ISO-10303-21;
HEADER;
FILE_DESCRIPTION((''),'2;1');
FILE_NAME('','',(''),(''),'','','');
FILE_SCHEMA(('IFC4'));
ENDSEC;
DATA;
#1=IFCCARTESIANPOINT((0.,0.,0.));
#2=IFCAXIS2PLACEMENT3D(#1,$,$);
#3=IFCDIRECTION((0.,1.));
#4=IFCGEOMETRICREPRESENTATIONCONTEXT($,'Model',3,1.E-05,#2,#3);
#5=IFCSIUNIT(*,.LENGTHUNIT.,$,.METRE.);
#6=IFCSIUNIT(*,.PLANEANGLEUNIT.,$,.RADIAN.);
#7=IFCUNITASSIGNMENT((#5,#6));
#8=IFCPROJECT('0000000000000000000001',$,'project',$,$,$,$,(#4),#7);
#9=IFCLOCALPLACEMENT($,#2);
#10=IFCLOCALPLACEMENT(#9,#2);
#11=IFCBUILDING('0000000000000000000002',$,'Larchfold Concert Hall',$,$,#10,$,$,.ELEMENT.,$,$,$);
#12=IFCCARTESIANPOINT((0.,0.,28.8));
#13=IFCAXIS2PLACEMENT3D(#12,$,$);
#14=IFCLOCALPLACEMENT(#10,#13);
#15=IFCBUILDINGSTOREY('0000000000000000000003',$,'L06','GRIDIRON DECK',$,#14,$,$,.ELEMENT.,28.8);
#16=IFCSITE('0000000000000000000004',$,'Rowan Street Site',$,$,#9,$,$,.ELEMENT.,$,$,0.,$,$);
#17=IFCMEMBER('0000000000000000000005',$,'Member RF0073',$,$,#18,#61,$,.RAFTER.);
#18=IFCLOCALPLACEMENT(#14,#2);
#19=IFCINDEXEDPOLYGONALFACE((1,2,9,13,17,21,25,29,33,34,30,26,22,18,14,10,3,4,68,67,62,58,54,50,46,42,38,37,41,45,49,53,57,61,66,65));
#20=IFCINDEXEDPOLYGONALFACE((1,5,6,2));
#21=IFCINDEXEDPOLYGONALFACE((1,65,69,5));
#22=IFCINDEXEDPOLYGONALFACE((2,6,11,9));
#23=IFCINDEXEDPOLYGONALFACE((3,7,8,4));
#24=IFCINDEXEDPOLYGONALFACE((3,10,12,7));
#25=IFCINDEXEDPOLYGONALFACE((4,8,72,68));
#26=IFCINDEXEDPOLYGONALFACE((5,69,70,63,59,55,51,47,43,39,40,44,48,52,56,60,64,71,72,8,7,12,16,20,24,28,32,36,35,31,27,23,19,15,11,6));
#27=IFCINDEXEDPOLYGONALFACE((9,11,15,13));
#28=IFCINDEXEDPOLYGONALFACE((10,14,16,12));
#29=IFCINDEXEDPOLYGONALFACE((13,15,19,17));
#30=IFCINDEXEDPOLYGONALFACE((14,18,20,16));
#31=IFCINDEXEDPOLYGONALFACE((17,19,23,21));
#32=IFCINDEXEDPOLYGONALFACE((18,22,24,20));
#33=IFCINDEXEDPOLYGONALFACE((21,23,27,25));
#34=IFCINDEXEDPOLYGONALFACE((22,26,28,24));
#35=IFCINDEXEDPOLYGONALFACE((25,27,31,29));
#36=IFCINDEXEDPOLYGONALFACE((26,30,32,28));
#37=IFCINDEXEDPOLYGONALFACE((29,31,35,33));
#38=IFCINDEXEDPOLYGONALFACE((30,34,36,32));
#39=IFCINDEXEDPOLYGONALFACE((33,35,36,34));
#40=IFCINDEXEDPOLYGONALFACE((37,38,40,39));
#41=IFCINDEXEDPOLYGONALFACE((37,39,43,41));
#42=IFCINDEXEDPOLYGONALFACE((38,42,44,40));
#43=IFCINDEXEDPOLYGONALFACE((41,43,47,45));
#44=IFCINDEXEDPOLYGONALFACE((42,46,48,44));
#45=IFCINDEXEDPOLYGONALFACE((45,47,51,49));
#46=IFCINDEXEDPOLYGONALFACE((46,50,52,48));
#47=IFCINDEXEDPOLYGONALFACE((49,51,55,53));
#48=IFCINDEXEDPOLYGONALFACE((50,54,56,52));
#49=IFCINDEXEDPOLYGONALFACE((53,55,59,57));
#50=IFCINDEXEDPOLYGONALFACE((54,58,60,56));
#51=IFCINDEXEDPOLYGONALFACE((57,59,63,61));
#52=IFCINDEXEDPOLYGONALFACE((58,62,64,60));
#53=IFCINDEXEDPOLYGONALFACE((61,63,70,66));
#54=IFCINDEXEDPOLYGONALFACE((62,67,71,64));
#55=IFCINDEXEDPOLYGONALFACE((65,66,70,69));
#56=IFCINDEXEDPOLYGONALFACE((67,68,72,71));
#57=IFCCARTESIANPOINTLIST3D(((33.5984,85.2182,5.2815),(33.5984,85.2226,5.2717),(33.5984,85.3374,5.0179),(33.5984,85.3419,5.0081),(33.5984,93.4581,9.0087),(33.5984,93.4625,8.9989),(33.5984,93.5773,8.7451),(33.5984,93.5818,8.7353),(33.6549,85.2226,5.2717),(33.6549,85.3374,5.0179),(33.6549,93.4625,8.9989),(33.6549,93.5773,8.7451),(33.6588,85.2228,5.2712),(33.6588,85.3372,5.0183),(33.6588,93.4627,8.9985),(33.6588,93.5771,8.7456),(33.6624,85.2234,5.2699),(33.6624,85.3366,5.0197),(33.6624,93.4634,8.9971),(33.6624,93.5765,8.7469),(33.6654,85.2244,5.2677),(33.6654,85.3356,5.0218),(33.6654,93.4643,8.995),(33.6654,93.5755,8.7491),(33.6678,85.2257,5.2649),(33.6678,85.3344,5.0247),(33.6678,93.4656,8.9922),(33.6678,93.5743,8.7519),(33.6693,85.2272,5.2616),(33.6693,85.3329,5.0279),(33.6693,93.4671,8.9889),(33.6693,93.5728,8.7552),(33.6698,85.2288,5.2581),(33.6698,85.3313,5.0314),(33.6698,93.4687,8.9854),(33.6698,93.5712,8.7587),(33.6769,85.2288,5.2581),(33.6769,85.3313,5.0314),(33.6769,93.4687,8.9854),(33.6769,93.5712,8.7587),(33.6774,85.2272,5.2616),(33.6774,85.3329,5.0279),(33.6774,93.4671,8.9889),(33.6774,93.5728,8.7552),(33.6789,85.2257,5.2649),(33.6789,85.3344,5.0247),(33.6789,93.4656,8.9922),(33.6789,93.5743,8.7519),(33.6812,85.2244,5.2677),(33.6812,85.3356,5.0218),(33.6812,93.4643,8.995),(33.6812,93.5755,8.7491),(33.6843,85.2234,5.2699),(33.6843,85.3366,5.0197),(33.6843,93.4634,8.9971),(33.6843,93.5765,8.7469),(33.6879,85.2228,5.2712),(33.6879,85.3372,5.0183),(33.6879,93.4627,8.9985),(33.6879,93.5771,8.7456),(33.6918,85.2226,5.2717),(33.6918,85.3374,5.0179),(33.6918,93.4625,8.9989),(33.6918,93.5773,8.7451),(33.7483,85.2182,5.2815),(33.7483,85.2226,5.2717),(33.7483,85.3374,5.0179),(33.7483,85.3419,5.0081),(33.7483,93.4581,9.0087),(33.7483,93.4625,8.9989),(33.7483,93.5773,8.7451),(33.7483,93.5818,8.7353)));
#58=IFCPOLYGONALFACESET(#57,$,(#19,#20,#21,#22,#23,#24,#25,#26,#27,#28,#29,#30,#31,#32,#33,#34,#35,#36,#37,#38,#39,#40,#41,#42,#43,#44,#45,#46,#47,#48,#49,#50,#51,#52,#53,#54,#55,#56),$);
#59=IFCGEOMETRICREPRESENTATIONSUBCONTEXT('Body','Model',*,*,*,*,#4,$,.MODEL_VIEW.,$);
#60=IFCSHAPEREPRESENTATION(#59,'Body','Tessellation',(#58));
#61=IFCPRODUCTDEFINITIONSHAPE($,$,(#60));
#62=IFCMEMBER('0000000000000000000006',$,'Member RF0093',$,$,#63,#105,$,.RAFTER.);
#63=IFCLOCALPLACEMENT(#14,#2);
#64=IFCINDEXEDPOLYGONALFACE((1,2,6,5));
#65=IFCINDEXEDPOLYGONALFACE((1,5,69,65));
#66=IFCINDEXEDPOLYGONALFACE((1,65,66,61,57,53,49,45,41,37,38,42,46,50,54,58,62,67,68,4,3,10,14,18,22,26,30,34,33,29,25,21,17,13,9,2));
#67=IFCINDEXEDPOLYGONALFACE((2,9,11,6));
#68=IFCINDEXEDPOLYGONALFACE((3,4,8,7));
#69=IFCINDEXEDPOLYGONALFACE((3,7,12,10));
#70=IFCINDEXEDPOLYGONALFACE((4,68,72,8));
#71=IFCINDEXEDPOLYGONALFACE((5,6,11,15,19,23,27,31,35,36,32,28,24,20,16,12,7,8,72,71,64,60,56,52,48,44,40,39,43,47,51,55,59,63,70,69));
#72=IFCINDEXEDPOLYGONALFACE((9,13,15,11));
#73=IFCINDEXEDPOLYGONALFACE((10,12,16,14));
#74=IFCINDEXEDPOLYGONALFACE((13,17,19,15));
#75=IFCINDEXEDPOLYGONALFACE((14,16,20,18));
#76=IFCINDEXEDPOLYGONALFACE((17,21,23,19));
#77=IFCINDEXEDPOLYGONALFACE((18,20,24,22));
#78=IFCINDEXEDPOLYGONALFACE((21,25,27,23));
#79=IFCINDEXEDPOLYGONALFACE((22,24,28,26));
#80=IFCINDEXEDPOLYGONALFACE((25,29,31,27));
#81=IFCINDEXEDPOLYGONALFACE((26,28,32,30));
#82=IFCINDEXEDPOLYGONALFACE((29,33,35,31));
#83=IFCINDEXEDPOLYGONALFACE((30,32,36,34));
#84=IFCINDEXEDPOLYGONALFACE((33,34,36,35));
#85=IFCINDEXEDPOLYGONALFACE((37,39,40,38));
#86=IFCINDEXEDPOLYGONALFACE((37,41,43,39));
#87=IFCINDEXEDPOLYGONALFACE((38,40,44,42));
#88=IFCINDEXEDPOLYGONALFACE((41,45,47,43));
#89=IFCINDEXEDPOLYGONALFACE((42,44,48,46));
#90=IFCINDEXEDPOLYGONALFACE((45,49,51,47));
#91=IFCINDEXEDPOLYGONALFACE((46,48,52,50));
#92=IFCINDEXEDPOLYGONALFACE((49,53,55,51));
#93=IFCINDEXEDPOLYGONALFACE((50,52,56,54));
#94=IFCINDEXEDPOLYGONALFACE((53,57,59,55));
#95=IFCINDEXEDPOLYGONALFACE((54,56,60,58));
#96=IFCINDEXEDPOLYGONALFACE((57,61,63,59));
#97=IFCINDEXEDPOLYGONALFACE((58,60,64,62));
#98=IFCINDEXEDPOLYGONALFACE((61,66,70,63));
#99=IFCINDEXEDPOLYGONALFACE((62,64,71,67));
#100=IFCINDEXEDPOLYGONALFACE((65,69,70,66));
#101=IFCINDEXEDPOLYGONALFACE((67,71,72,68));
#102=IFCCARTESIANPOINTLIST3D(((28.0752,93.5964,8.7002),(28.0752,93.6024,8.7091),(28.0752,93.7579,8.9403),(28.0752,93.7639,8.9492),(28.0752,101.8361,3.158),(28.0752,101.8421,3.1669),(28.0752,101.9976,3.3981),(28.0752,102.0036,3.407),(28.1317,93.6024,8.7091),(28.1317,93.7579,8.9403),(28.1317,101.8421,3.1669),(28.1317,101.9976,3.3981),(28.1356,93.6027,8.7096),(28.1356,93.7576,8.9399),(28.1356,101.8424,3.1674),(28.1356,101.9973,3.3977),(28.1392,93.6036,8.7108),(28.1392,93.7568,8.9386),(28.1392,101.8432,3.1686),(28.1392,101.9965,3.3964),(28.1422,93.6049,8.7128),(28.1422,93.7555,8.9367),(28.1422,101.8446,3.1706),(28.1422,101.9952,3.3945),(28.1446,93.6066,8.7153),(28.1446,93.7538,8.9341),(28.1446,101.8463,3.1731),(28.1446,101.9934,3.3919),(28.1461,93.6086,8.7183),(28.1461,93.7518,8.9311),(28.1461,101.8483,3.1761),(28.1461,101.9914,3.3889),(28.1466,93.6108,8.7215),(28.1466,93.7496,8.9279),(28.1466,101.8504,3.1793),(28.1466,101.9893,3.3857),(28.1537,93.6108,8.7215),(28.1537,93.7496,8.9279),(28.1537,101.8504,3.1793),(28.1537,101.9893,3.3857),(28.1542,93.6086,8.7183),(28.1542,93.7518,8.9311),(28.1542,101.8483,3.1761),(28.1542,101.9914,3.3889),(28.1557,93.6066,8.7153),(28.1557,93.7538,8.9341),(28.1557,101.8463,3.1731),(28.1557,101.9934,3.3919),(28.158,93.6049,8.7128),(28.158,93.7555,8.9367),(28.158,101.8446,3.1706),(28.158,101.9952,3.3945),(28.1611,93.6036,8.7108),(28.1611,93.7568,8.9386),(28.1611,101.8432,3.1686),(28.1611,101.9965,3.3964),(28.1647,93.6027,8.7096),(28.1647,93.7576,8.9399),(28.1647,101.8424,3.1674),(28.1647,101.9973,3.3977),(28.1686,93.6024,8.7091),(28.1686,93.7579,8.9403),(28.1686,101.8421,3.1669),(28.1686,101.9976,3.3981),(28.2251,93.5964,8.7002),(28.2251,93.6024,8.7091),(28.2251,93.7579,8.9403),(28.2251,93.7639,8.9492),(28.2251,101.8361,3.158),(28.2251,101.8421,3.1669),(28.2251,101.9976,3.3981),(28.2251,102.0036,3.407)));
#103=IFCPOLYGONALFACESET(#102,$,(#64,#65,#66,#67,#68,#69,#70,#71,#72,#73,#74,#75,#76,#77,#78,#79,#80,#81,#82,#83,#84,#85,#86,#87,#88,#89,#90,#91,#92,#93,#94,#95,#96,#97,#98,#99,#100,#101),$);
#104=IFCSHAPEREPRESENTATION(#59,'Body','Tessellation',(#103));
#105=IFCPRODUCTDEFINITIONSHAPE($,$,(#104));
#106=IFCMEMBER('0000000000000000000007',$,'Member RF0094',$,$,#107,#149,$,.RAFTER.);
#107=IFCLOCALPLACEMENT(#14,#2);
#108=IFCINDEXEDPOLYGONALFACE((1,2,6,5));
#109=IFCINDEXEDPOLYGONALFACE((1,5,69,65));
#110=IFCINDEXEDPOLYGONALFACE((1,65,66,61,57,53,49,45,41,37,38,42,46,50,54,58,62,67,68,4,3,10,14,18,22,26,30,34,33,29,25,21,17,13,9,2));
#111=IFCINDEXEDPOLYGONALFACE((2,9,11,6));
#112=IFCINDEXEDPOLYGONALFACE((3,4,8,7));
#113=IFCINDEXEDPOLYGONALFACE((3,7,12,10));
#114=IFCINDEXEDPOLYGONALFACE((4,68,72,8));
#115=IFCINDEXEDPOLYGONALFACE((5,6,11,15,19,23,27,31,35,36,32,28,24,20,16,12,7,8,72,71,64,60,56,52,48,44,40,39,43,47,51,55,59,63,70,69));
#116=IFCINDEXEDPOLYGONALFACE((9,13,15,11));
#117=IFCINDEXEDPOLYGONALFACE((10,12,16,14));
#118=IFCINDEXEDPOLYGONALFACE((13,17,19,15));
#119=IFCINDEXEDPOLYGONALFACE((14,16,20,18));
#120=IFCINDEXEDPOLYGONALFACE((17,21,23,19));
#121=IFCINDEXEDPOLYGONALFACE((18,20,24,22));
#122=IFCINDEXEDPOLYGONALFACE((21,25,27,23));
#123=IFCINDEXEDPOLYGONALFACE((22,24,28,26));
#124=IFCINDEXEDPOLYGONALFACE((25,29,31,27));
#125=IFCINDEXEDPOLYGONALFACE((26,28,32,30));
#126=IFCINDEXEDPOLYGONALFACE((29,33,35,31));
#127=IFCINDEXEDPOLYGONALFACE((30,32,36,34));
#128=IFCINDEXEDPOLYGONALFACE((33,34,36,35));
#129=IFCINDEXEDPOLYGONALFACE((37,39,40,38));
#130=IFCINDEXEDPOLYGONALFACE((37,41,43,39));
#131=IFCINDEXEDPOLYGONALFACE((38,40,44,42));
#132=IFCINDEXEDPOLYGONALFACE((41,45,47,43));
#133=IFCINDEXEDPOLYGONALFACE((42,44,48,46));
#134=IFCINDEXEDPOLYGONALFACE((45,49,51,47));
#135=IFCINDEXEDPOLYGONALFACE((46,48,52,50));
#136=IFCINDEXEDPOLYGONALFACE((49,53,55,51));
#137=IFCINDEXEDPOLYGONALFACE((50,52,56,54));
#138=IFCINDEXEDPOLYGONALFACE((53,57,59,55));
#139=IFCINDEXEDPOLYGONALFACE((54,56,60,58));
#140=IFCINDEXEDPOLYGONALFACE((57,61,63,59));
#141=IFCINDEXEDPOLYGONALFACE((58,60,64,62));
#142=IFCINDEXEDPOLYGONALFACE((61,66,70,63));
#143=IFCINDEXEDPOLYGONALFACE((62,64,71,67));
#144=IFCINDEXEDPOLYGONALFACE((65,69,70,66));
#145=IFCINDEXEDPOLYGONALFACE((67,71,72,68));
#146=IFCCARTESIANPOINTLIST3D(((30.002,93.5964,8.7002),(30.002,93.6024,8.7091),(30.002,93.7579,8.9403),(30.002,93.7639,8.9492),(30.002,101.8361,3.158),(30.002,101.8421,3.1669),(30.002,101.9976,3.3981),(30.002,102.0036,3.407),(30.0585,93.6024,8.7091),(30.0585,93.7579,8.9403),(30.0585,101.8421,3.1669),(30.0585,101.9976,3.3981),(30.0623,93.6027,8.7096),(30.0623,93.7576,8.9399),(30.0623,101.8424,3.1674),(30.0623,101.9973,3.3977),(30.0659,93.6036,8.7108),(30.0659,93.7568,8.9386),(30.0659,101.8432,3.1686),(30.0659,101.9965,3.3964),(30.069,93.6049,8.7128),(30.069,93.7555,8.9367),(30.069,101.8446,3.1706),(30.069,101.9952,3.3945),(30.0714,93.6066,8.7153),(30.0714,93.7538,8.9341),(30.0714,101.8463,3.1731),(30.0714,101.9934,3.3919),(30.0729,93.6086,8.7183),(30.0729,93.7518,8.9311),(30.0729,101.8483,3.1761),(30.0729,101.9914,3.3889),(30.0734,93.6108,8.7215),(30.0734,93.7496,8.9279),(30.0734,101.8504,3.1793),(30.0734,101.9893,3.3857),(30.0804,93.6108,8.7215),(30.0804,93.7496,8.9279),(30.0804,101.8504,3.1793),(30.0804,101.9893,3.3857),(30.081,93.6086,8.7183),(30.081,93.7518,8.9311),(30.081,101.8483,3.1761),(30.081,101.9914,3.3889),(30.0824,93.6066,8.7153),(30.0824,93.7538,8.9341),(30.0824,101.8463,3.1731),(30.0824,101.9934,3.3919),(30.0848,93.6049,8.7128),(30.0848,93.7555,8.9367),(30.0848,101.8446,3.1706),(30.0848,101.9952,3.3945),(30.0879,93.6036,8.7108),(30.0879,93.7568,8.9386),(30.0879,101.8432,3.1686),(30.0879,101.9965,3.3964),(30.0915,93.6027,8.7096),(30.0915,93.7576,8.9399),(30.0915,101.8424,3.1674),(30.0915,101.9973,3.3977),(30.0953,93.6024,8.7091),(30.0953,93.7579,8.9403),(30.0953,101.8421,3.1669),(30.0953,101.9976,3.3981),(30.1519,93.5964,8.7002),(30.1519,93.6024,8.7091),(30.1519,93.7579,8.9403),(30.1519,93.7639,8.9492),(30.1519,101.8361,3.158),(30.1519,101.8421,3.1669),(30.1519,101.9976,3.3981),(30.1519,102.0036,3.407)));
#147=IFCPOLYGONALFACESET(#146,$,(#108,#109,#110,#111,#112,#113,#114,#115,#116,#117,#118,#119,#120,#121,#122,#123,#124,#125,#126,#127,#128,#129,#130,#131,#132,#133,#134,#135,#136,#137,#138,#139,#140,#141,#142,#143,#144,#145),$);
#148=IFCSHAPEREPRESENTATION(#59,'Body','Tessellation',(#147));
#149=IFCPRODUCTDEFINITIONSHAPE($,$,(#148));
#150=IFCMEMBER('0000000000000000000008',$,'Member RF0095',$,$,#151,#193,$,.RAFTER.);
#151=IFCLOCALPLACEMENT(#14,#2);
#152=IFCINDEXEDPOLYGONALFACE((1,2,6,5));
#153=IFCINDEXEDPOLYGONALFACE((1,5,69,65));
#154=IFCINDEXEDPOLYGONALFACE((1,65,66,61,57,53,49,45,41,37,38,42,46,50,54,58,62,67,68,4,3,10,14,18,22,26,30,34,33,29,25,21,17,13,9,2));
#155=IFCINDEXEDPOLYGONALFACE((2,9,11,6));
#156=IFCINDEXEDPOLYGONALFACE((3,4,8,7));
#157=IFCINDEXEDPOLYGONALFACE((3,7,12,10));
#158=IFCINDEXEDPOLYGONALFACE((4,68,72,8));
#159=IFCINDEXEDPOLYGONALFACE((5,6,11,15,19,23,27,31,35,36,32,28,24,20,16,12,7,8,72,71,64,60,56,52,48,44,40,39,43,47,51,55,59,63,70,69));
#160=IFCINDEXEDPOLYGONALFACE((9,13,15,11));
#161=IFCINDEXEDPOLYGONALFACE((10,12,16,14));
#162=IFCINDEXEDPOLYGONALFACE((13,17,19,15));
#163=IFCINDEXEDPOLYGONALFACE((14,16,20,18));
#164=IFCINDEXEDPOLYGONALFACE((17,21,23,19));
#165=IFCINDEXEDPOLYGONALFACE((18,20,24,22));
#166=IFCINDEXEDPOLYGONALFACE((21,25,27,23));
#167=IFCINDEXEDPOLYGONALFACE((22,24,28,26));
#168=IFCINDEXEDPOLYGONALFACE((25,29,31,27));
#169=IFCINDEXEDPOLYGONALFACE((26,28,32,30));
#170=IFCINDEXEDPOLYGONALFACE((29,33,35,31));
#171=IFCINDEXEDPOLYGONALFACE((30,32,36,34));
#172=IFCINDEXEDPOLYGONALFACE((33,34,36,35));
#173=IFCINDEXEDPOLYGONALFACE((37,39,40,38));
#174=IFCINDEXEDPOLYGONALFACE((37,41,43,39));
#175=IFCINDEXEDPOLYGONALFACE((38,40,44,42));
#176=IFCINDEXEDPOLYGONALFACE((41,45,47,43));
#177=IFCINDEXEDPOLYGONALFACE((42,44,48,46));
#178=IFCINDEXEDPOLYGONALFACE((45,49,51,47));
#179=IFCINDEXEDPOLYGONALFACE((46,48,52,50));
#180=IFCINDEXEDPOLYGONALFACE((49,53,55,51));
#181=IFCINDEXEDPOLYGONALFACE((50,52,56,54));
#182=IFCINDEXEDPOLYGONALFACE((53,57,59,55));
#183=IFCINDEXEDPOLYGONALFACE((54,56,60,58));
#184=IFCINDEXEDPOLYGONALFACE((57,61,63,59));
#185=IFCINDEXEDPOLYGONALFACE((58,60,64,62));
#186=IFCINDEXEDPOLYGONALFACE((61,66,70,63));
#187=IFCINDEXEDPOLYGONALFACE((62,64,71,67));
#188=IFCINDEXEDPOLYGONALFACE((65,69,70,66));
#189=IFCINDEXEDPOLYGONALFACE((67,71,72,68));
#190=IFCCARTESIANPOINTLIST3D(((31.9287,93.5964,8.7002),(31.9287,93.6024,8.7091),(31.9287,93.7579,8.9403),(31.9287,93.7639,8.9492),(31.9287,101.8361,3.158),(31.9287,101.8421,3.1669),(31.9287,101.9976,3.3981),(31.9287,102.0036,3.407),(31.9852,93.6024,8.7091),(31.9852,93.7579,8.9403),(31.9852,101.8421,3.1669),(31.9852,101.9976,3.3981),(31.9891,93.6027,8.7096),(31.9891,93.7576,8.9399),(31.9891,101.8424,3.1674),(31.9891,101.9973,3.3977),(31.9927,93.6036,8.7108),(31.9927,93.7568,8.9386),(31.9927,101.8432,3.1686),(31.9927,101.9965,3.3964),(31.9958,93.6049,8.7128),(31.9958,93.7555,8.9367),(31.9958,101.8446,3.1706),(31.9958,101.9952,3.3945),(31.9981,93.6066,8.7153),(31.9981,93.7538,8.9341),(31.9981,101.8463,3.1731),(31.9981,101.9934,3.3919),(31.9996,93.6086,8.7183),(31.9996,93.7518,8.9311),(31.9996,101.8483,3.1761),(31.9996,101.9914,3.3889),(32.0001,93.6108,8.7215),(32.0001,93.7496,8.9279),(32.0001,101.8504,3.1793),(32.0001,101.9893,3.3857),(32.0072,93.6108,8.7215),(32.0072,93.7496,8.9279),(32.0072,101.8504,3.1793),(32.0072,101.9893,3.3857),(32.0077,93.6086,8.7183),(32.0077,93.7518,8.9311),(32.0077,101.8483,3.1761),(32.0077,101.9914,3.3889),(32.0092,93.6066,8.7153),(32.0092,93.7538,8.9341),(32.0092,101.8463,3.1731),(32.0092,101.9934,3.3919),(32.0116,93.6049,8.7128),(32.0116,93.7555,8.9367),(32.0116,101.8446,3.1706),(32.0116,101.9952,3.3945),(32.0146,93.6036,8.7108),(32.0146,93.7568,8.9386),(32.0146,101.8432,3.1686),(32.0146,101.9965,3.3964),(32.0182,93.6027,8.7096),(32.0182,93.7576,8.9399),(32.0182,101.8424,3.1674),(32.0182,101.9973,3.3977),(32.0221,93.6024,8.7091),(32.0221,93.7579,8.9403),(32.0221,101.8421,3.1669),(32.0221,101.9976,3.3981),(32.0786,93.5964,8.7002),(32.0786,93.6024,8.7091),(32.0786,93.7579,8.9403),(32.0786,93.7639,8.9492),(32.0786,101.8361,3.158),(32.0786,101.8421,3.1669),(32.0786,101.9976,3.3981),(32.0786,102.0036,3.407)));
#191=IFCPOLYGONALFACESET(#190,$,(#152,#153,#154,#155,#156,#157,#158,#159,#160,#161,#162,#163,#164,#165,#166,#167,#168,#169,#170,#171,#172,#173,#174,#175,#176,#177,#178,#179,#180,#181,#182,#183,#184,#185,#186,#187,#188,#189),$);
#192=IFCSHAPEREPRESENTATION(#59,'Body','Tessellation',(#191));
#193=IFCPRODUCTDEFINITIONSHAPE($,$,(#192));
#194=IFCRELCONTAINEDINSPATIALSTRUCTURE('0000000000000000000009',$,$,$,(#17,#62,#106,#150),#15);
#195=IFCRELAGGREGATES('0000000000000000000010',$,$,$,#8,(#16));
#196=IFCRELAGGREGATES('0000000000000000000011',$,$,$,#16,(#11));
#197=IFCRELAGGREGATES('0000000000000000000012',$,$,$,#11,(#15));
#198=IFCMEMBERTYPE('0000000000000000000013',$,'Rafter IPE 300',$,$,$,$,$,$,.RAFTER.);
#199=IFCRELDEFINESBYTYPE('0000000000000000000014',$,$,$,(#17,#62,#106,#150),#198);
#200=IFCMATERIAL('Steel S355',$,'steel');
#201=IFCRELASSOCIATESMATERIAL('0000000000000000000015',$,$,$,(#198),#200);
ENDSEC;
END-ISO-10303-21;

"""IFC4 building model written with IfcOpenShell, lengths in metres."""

from ifc_helpers import new_model, si_unit, direction, frame, origin, origin_2d, place, context, subcontext, project, spatial, i_section, extrude, material, material_profile, profile_set, type_object, element, save


model = new_model("IFC4")

# Units and contexts
model_context = context("Model", 3, precision=1e-05, world=origin(), true_north=direction((0.0, 1.0)))
body_context = subcontext(model_context, "Body", "Model", "MODEL_VIEW")
ifc_project = project(units=[si_unit("LENGTHUNIT", "METRE"), si_unit("PLANEANGLEUNIT", "RADIAN")], contexts=[model_context])

# Site, building, storey
site_placement = place(None, origin())
site = spatial("IfcSite", under=ifc_project, at=site_placement, Name="Rowan Street Site", CompositionType="ELEMENT", RefElevation=0.0)
building_placement = place(site_placement, origin())
building = spatial("IfcBuilding", under=site, at=building_placement, Name="Larchfold Concert Hall", CompositionType="ELEMENT")
storey_placement = place(building_placement, frame((0.0, 0.0, 28.8)))
storey = spatial("IfcBuildingStorey", under=building, at=storey_placement, Name="L06", Description="GRIDIRON DECK", CompositionType="ELEMENT", Elevation=28.8)

# Members
ifc_material_1 = material(Name="Steel S355", Category="steel")
ifc_material_profile_1 = material_profile(ifc_material_1, i_section(OverallWidth=0.1499, OverallDepth=0.3, WebThickness=0.0071, FlangeThickness=0.0107, FilletRadius=0.0149, at=origin_2d()))
ifc_profile_set_1 = profile_set([ifc_material_profile_1], Name="Steel S355")
member_type_1 = type_object("IfcMemberType", Name="Rafter IPE 300", PredefinedType="RAFTER", material=ifc_profile_set_1)
member_placement = place(storey_placement, frame((33.6733, 85.28, 5.1448), z_axis=(0.0, 0.911121, 0.412139), x_axis=(-1.0, 0.0, 0.0)))
element("IfcMember", 1, at=member_placement, inside=storey, type_object=member_type_1, Name="Member RF0073", PredefinedType="RAFTER", context=body_context, shape_type="SweptSolid", body=[
    extrude(i_section(OverallWidth=0.1499, OverallDepth=0.3, WebThickness=0.0071, FlangeThickness=0.0107, FilletRadius=0.0149, at=origin_2d()), origin(), (0.0, 0.0, 1.0), 9.0437),
])
for number, where, z_axis, x_axis, name in (
    (2, (28.1501, 93.6802, 8.8247), (0.0, 0.829762, -0.558117), (-1.0, 0.0, 0.0), "Member RF0093"),
    (3, (30.0769, 93.6802, 8.8247), (0.0, 0.829762, -0.558117), (-1.0, 0.0, 0.0), "Member RF0094"),
    (4, (32.0037, 93.6802, 8.8247), (0.0, 0.829762, -0.558117), (-1.0, 0.0, 0.0), "Member RF0095"),
):
    element("IfcMember", number, at=place(storey_placement, frame(where, z_axis=z_axis, x_axis=x_axis)), inside=storey, type_object=member_type_1, Name=name, PredefinedType="RAFTER", context=body_context, shape_type="SweptSolid", body=[
        extrude(i_section(OverallWidth=0.1499, OverallDepth=0.3, WebThickness=0.0071, FlangeThickness=0.0107, FilletRadius=0.0149, at=origin_2d()), origin(), (0.0, 0.0, 1.0), 9.9302),
    ])

save(model, "model.ifc")
